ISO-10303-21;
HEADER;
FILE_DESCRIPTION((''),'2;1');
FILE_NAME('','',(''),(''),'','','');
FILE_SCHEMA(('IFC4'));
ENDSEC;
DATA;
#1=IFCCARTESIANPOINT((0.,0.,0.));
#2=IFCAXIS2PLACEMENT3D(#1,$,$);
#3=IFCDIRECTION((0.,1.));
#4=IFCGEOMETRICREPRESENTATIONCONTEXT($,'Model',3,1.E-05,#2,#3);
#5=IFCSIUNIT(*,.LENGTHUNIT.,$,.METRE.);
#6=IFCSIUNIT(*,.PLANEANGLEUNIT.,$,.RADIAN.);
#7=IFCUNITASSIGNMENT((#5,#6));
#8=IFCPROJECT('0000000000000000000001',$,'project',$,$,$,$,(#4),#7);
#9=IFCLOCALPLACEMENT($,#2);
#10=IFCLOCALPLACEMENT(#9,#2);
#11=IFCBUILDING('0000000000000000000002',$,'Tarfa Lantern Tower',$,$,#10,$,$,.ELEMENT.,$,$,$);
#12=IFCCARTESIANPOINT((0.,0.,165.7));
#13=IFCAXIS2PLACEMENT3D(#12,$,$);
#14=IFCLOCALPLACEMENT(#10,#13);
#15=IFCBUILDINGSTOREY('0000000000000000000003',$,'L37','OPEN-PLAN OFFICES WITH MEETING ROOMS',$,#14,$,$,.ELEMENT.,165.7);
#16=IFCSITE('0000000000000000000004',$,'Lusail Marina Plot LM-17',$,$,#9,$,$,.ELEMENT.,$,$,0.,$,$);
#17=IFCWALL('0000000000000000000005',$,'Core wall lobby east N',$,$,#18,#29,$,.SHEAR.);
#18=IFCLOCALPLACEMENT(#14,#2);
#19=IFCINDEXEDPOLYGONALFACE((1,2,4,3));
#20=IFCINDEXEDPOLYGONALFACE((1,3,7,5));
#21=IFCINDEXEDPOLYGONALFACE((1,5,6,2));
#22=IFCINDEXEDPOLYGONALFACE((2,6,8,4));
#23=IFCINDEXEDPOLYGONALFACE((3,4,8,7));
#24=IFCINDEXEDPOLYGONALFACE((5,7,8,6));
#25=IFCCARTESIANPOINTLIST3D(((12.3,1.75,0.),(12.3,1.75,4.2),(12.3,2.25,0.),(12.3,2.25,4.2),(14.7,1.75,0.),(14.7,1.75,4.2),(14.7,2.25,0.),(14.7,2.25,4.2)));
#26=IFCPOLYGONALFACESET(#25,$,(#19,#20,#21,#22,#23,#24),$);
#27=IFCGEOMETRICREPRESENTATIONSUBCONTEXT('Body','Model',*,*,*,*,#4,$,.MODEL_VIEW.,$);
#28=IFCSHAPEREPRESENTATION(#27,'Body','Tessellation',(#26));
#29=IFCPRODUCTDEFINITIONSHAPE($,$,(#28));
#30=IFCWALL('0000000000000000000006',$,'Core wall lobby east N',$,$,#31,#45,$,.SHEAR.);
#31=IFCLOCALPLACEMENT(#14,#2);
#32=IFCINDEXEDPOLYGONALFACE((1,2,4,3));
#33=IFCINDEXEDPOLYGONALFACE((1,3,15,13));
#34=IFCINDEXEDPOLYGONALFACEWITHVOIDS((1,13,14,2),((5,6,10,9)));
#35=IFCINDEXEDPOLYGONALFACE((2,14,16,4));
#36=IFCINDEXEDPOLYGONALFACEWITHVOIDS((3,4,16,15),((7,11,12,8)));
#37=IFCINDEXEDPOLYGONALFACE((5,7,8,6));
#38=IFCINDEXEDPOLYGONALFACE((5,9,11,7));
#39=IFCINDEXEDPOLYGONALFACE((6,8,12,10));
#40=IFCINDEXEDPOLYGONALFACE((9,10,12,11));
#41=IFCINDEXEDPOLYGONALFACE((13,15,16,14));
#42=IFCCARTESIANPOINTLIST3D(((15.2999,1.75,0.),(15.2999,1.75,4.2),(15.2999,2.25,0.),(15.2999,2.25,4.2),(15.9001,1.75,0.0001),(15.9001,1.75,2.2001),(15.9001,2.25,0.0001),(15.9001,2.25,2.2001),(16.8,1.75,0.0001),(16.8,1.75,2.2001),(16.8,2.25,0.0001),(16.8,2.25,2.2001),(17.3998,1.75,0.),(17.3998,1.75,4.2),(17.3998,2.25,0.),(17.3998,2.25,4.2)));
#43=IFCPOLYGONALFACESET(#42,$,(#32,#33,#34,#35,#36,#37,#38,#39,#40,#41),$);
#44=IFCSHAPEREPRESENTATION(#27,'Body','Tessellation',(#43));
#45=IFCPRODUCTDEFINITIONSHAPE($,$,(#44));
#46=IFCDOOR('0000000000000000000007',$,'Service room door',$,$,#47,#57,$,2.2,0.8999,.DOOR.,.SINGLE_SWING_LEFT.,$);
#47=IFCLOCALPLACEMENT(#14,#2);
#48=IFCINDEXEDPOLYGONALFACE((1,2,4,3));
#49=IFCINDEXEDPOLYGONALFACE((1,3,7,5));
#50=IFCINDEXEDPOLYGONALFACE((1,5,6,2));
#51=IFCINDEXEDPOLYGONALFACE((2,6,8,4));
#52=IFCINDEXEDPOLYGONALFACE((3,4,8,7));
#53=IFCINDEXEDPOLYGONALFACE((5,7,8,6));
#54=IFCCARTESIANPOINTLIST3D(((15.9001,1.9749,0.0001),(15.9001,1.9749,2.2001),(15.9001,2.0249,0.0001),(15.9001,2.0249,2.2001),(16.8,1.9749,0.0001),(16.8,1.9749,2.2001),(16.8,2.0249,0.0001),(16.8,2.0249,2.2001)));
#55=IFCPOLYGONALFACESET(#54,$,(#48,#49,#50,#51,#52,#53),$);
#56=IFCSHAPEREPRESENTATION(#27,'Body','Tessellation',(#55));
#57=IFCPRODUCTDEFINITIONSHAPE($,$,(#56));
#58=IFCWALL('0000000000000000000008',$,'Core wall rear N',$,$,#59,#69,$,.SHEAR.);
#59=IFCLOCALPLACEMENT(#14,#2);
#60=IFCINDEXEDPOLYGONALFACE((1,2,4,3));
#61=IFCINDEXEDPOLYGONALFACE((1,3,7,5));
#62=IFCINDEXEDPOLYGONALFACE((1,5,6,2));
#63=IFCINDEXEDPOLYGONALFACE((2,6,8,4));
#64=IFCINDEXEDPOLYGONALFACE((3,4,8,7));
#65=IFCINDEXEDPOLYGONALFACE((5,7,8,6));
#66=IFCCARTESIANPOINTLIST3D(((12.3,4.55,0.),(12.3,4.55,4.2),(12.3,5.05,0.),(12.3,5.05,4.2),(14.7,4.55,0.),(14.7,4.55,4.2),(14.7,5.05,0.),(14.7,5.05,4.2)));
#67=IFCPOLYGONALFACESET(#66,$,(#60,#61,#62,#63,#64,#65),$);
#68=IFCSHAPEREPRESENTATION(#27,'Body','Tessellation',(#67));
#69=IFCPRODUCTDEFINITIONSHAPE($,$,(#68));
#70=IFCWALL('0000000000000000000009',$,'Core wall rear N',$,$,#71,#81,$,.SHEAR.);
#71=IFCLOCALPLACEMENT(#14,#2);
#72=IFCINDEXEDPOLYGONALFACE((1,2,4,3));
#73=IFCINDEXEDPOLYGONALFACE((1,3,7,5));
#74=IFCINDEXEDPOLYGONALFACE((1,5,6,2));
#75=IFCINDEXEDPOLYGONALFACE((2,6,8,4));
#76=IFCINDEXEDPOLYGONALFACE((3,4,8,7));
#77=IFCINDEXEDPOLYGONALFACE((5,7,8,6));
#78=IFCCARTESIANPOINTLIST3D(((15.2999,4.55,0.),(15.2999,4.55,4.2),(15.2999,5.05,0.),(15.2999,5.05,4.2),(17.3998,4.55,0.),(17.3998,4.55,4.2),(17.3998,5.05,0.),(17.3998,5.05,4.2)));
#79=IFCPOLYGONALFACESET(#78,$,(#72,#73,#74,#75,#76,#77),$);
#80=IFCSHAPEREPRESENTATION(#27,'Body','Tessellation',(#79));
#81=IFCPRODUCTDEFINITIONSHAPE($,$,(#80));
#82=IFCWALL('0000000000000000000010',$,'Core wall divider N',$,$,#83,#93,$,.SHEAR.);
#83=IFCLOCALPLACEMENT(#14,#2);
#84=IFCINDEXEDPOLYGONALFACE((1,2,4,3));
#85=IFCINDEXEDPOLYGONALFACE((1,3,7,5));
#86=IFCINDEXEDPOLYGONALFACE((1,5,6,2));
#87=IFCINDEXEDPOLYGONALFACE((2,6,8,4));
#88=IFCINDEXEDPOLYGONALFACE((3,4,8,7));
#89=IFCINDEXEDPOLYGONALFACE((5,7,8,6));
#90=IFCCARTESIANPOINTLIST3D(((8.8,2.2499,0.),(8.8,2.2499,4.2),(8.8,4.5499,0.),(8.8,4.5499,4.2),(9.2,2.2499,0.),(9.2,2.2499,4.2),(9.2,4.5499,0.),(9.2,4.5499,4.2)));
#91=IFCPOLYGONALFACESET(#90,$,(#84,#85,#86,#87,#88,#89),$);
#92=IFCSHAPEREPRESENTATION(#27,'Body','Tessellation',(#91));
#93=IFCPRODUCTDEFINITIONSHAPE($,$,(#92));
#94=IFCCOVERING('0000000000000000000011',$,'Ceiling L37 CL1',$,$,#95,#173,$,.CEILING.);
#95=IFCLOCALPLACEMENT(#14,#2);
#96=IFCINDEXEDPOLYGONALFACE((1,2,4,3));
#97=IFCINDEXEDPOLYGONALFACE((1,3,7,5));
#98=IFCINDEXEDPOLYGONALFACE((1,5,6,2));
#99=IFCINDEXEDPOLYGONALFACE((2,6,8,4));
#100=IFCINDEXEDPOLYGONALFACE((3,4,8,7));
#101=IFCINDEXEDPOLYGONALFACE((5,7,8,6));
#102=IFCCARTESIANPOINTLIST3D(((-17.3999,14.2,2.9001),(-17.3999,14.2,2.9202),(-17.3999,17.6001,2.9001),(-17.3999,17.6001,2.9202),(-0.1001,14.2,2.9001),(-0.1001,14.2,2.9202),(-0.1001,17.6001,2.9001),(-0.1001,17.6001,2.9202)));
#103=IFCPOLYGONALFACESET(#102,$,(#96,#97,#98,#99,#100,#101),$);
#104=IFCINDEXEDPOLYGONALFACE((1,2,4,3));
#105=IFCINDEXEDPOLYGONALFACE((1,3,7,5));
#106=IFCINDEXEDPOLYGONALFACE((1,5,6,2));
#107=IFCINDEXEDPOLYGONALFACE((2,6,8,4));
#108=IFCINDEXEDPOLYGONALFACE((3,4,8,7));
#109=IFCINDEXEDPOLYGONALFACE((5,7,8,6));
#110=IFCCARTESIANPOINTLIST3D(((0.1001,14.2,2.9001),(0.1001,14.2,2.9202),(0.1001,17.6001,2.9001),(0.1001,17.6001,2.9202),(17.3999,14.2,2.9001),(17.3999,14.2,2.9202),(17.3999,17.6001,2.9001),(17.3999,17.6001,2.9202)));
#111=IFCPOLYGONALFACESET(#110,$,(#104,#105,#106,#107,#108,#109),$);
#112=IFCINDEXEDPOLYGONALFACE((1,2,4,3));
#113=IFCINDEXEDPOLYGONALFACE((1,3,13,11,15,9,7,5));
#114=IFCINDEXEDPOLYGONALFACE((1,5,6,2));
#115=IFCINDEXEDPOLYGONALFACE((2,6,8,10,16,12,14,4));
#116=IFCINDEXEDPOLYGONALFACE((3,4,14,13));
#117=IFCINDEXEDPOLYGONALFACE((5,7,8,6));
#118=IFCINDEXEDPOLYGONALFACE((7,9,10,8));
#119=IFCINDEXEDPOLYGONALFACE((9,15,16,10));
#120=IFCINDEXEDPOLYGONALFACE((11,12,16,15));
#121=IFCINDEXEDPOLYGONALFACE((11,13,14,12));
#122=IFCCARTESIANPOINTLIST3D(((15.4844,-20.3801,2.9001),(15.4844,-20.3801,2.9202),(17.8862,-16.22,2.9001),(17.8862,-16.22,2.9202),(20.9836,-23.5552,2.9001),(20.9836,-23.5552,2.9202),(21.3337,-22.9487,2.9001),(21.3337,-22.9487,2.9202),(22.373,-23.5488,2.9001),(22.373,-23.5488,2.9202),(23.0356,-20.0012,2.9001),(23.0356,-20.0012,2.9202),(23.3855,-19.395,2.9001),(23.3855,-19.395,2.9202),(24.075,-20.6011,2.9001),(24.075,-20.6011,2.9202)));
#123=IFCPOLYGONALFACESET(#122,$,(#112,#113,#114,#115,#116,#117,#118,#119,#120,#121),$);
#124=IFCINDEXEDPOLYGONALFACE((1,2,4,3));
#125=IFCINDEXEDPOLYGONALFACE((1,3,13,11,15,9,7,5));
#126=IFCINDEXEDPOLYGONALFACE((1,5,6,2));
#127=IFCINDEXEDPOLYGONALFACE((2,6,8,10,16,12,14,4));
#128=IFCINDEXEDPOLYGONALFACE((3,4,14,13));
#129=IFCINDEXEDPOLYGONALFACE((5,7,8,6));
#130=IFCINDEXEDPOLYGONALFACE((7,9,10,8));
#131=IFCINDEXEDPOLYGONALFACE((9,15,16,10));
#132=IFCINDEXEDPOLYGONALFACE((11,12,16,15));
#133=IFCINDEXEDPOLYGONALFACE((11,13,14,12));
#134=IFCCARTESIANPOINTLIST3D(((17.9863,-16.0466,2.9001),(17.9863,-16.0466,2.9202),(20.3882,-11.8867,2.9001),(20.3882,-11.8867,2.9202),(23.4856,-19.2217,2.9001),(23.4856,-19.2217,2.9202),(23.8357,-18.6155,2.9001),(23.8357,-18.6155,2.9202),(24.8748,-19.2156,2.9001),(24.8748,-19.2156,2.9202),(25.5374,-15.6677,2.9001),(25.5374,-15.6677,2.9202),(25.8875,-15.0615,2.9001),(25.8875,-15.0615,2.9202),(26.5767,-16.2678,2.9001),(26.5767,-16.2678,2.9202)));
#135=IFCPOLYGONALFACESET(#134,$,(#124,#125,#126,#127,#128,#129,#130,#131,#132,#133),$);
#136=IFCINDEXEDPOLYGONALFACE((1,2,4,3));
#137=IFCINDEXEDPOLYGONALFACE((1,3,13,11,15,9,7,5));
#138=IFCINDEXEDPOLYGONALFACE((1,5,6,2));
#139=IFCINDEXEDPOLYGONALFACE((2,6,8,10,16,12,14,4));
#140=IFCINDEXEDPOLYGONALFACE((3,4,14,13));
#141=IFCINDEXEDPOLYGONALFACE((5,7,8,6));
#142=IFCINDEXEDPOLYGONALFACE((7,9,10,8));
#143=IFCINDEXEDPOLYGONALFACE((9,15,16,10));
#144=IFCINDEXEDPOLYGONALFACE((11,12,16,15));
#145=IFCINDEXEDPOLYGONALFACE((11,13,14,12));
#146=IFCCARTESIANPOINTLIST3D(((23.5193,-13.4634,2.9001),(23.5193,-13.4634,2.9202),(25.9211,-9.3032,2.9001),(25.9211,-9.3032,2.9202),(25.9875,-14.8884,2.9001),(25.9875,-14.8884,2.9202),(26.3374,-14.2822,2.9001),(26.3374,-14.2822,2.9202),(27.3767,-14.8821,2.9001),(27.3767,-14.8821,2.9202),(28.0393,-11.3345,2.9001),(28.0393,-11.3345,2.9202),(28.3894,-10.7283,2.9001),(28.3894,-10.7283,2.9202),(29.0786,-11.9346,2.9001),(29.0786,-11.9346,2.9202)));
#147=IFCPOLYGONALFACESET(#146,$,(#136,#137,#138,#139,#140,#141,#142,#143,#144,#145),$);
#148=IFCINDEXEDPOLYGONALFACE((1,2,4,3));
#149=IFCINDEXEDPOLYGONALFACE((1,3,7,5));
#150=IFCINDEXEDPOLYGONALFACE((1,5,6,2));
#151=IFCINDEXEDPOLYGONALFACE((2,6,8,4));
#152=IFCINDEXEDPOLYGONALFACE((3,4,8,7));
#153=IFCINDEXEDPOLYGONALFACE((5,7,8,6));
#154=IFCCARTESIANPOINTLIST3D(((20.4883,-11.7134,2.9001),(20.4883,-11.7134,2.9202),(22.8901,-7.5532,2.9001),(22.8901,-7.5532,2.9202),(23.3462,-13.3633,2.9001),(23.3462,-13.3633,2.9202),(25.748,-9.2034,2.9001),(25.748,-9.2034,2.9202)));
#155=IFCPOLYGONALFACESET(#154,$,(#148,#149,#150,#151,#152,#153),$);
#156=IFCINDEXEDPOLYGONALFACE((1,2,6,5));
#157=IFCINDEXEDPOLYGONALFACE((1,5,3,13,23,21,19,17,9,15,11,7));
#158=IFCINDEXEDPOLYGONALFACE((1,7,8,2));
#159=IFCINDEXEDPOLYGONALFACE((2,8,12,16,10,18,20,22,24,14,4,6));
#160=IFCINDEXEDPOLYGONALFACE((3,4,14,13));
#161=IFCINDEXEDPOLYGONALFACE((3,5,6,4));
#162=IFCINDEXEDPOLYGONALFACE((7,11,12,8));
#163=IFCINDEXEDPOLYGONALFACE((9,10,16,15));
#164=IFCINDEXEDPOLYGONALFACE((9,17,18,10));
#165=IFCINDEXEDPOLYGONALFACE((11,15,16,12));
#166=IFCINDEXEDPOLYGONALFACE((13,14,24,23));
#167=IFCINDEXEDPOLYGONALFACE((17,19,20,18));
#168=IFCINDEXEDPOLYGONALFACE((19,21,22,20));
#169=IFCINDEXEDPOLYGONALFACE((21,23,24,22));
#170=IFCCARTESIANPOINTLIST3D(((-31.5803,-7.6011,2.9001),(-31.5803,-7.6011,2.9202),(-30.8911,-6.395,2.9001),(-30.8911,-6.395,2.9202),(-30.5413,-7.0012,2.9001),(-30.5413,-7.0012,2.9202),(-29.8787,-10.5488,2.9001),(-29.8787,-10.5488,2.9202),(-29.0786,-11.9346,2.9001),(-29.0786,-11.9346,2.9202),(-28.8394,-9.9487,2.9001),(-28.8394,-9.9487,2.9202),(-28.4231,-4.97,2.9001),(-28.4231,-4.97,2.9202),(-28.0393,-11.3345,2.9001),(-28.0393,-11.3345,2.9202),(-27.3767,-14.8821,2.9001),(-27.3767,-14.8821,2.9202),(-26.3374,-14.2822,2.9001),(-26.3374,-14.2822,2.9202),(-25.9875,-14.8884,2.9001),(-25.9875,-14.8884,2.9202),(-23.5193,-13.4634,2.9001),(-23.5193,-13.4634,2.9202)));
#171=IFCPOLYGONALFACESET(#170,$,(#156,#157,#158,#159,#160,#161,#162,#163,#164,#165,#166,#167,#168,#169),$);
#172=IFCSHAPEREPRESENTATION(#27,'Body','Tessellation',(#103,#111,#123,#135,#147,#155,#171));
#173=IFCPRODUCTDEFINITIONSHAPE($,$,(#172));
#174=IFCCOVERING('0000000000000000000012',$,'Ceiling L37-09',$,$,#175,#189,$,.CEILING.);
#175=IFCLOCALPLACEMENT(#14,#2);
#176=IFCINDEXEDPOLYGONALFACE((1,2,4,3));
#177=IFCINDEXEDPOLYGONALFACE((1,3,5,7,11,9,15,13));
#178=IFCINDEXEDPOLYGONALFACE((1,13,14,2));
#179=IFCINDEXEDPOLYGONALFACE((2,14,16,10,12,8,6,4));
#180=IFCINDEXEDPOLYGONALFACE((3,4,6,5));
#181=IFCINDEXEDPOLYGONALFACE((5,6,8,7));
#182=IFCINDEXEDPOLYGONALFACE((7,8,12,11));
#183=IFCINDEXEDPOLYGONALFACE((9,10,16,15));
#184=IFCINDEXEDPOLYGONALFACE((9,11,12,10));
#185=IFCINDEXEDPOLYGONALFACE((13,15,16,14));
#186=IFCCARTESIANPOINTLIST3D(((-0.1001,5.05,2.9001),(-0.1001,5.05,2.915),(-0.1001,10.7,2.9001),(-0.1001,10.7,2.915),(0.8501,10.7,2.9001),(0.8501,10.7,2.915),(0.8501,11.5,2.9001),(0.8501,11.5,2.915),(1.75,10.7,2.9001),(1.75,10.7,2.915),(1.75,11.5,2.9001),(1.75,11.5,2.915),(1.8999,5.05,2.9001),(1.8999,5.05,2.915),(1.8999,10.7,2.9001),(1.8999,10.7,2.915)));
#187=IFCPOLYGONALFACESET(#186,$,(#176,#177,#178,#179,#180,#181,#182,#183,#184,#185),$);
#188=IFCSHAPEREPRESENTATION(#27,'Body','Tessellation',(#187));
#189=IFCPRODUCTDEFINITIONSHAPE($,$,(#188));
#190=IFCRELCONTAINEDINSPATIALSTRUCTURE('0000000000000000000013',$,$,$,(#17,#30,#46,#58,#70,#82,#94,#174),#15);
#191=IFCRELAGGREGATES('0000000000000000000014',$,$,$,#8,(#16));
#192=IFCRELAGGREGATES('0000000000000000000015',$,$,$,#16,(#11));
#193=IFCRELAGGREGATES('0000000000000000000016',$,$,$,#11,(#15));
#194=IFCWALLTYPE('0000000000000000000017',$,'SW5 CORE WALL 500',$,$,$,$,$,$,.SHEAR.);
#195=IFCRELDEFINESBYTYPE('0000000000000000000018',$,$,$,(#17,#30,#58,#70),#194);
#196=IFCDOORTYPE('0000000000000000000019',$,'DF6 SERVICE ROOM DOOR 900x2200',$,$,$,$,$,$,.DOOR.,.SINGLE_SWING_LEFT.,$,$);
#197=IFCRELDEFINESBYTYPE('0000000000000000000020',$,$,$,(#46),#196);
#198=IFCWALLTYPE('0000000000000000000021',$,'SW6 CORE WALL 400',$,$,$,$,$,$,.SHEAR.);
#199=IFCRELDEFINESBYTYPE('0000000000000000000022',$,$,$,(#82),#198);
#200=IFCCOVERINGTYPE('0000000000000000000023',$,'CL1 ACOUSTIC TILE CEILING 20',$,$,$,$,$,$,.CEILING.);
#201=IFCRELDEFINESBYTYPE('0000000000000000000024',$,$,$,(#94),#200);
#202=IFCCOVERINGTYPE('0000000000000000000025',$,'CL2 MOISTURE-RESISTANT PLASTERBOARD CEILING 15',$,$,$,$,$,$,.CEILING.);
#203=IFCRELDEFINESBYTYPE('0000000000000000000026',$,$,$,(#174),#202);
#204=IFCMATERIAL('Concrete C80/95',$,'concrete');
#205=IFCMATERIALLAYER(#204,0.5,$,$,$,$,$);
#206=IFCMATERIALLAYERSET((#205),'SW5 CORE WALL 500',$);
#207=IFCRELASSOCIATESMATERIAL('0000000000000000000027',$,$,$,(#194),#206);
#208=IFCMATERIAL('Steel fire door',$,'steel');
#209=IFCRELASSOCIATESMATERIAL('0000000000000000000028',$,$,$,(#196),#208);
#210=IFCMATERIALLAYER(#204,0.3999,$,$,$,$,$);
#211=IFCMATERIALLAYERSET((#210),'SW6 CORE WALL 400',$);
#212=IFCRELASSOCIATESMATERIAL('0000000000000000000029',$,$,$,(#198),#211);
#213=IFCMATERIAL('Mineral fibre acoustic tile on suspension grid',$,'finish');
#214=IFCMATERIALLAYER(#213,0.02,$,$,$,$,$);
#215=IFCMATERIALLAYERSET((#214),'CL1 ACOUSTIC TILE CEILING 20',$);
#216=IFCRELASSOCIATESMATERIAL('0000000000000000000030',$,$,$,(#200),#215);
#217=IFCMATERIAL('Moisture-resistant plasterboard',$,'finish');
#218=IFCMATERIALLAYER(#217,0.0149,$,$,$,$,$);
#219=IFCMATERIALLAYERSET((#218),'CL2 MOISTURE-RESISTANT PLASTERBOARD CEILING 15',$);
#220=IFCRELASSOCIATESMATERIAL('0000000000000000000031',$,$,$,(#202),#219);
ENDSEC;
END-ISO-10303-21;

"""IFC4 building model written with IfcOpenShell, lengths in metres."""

from ifc_helpers import new_model, si_unit, direction, frame, frame_2d, origin, place, context, subcontext, project, spatial, polyline, rectangle, outline, extrude, material, layer, layer_set, type_object, element, fill, save


model = new_model("IFC4")

# Units and contexts
model_context = context("Model", 3, precision=1e-05, world=origin(), true_north=direction((0.0, 1.0)))
body_context = subcontext(model_context, "Body", "Model", "MODEL_VIEW")
ifc_project = project(units=[si_unit("LENGTHUNIT", "METRE"), si_unit("PLANEANGLEUNIT", "RADIAN")], contexts=[model_context])

# Site, building, storey
site_placement = place(None, origin())
site = spatial("IfcSite", under=ifc_project, at=site_placement, Name="Lusail Marina Plot LM-17", CompositionType="ELEMENT", RefElevation=0.0)
building_placement = place(site_placement, origin())
building = spatial("IfcBuilding", under=site, at=building_placement, Name="Tarfa Lantern Tower", CompositionType="ELEMENT")
storey_placement = place(building_placement, frame((0.0, 0.0, 165.7)))
storey = spatial("IfcBuildingStorey", under=building, at=storey_placement, Name="L37", Description="OPEN-PLAN OFFICES WITH MEETING ROOMS", CompositionType="ELEMENT", Elevation=165.7)

# Wall
ifc_material_1 = material(Name="Concrete C80/95", Category="concrete")
ifc_layer_1 = layer(ifc_material_1, 0.5)
ifc_layer_set_1 = layer_set([ifc_layer_1], Name="SW5 CORE WALL 500")
wall_type_1 = type_object("IfcWallType", Name="SW5 CORE WALL 500", PredefinedType="SHEAR", material=ifc_layer_set_1)
wall_1_placement = place(storey_placement, frame((12.3, 2.0, 0.0), z_axis=(0.0, 0.0, 1.0), x_axis=(1.0, 0.0, 0.0)))
element("IfcWall", 1, at=wall_1_placement, inside=storey, type_object=wall_type_1, Name="Core wall lobby east N", PredefinedType="SHEAR", context=body_context, shape_type="SweptSolid", body=[
    extrude(rectangle(XDim=2.3999, YDim=0.5, at=frame_2d((1.2, 0.0))), origin(), (0.0, 0.0, 1.0), 4.2),
])

# Wall, opening, door
wall_2_placement = place(storey_placement, frame((15.3, 2.0, 0.0), z_axis=(0.0, 0.0, 1.0), x_axis=(1.0, 0.0, 0.0)))
wall_2 = element("IfcWall", 2, at=wall_2_placement, inside=storey, type_object=wall_type_1, Name="Core wall lobby east N", PredefinedType="SHEAR", context=body_context, shape_type="SweptSolid", body=[
    extrude(rectangle(XDim=2.0999, YDim=0.5, at=frame_2d((1.0498, 0.0))), origin(), (0.0, 0.0, 1.0), 4.2),
])
opening_1_placement = place(wall_2_placement, frame((0.6001, 0.0, 0.0)))
opening_1 = element("IfcOpeningElement", 3, at=opening_1_placement, cuts=wall_2, PredefinedType="OPENING", context=body_context, shape_type="SweptSolid", body=[
    extrude(rectangle(XDim=0.8999, YDim=2.2, at=frame_2d((0.45, 1.1001))), frame((0.0, 0.26, 0.0), z_axis=(0.0, -1.0, 0.0), x_axis=(1.0, 0.0, 0.0)), (0.0, 0.0, 1.0), 0.52),
])
ifc_material_2 = material(Name="Steel fire door", Category="steel")
door_type_1 = type_object("IfcDoorType", Name="DF6 SERVICE ROOM DOOR 900x2200", OperationType="SINGLE_SWING_LEFT", PredefinedType="DOOR", material=ifc_material_2)
door_1_placement = place(opening_1_placement, origin())
door_1 = element("IfcDoor", 4, at=door_1_placement, inside=storey, type_object=door_type_1, Name="Service room door", OperationType="SINGLE_SWING_LEFT", OverallHeight=2.2, OverallWidth=0.8999, PredefinedType="DOOR", context=body_context, shape_type="SweptSolid", body=[
    extrude(rectangle(XDim=0.8999, YDim=2.2, at=frame_2d((0.45, 1.1001))), frame((0.0, 0.0249, 0.0), z_axis=(0.0, -1.0, 0.0), x_axis=(1.0, 0.0, 0.0)), (0.0, 0.0, 1.0), 0.05),
])
fill(opening_1, door_1)

# Walls
wall_3_placement = place(storey_placement, frame((12.3, 4.8, 0.0), z_axis=(0.0, 0.0, 1.0), x_axis=(1.0, 0.0, 0.0)))
element("IfcWall", 5, at=wall_3_placement, inside=storey, type_object=wall_type_1, Name="Core wall rear N", PredefinedType="SHEAR", context=body_context, shape_type="SweptSolid", body=[
    extrude(rectangle(XDim=2.3999, YDim=0.5, at=frame_2d((1.2, 0.0))), origin(), (0.0, 0.0, 1.0), 4.2),
])
wall_4_placement = place(storey_placement, frame((15.3, 4.8, 0.0), z_axis=(0.0, 0.0, 1.0), x_axis=(1.0, 0.0, 0.0)))
element("IfcWall", 6, at=wall_4_placement, inside=storey, type_object=wall_type_1, Name="Core wall rear N", PredefinedType="SHEAR", context=body_context, shape_type="SweptSolid", body=[
    extrude(rectangle(XDim=2.0999, YDim=0.5, at=frame_2d((1.0498, 0.0))), origin(), (0.0, 0.0, 1.0), 4.2),
])
ifc_layer_2 = layer(ifc_material_1, 0.3999)
ifc_layer_set_2 = layer_set([ifc_layer_2], Name="SW6 CORE WALL 400")
wall_type_2 = type_object("IfcWallType", Name="SW6 CORE WALL 400", PredefinedType="SHEAR", material=ifc_layer_set_2)
wall_5_placement = place(storey_placement, frame((9.0, 2.25, 0.0), z_axis=(0.0, 0.0, 1.0), x_axis=(0.0, 1.0, 0.0)))
element("IfcWall", 7, at=wall_5_placement, inside=storey, type_object=wall_type_2, Name="Core wall divider N", PredefinedType="SHEAR", context=body_context, shape_type="SweptSolid", body=[
    extrude(rectangle(XDim=2.3, YDim=0.3999, at=frame_2d((1.1499, 0.0))), origin(), (0.0, 0.0, 1.0), 4.2),
])

# Coverings
ifc_material_3 = material(Name="Mineral fibre acoustic tile on suspension grid", Category="finish")
ifc_layer_3 = layer(ifc_material_3, 0.02)
ifc_layer_set_3 = layer_set([ifc_layer_3], Name="CL1 ACOUSTIC TILE CEILING 20")
covering_type_1 = type_object("IfcCoveringType", Name="CL1 ACOUSTIC TILE CEILING 20", PredefinedType="CEILING", material=ifc_layer_set_3)
covering_1_placement = place(storey_placement, frame((0.0, 0.0, 2.9001)))
element("IfcCovering", 8, at=covering_1_placement, inside=storey, type_object=covering_type_1, Name="Ceiling L37 CL1", PredefinedType="CEILING", context=body_context, shape_type="SweptSolid", body=[
    extrude(outline(polyline([(-17.3999, 17.6001), (-0.1001, 17.6001), (-0.1001, 14.2), (-17.3999, 14.2), (-17.3999, 17.6001)])), origin(), (0.0, 0.0, 1.0), 0.02),
    extrude(outline(polyline([(0.1001, 17.6001), (17.3999, 17.6001), (17.3999, 14.2), (0.1001, 14.2), (0.1001, 17.6001)])), origin(), (0.0, 0.0, 1.0), 0.02),
    extrude(outline(polyline([(17.8862, -16.22), (23.3855, -19.395), (23.0356, -20.0012), (24.075, -20.6011), (22.373, -23.5488), (21.3337, -22.9487), (20.9836, -23.5552), (15.4844, -20.3801), (17.8862, -16.22)])), origin(), (0.0, 0.0, 1.0), 0.02),
    extrude(outline(polyline([(20.3882, -11.8867), (25.8875, -15.0615), (25.5374, -15.6677), (26.5767, -16.2678), (24.8748, -19.2156), (23.8357, -18.6155), (23.4856, -19.2217), (17.9863, -16.0466), (20.3882, -11.8867)])), origin(), (0.0, 0.0, 1.0), 0.02),
    extrude(outline(polyline([(25.9211, -9.3032), (28.3894, -10.7283), (28.0393, -11.3345), (29.0786, -11.9346), (27.3767, -14.8821), (26.3374, -14.2822), (25.9875, -14.8884), (23.5193, -13.4634), (25.9211, -9.3032)])), origin(), (0.0, 0.0, 1.0), 0.02),
    extrude(outline(polyline([(22.8901, -7.5532), (25.748, -9.2034), (23.3462, -13.3633), (20.4883, -11.7134), (22.8901, -7.5532)])), origin(), (0.0, 0.0, 1.0), 0.02),
    extrude(outline(polyline([(-23.5193, -13.4634), (-25.9875, -14.8884), (-26.3374, -14.2822), (-27.3767, -14.8821), (-29.0786, -11.9346), (-28.0393, -11.3345), (-28.8394, -9.9487), (-29.8787, -10.5488), (-31.5803, -7.6011), (-30.5413, -7.0012), (-30.8911, -6.395), (-28.4231, -4.97), (-23.5193, -13.4634)])), origin(), (0.0, 0.0, 1.0), 0.02),
])
ifc_material_4 = material(Name="Moisture-resistant plasterboard", Category="finish")
ifc_layer_4 = layer(ifc_material_4, 0.0149)
ifc_layer_set_4 = layer_set([ifc_layer_4], Name="CL2 MOISTURE-RESISTANT PLASTERBOARD CEILING 15")
covering_type_2 = type_object("IfcCoveringType", Name="CL2 MOISTURE-RESISTANT PLASTERBOARD CEILING 15", PredefinedType="CEILING", material=ifc_layer_set_4)
covering_2_placement = place(storey_placement, frame((0.0, 0.0, 2.9001)))
element("IfcCovering", 9, at=covering_2_placement, inside=storey, type_object=covering_type_2, Name="Ceiling L37-09", PredefinedType="CEILING", context=body_context, shape_type="SweptSolid", body=[
    extrude(outline(polyline([(0.8501, 10.7), (-0.1001, 10.7), (-0.1001, 5.05), (1.8999, 5.05), (1.8999, 10.7), (1.75, 10.7), (1.75, 11.5), (1.75, 11.5), (0.8501, 11.5), (0.8501, 10.7)])), origin(), (0.0, 0.0, 1.0), 0.0149),
])

save(model, "model.ifc")
